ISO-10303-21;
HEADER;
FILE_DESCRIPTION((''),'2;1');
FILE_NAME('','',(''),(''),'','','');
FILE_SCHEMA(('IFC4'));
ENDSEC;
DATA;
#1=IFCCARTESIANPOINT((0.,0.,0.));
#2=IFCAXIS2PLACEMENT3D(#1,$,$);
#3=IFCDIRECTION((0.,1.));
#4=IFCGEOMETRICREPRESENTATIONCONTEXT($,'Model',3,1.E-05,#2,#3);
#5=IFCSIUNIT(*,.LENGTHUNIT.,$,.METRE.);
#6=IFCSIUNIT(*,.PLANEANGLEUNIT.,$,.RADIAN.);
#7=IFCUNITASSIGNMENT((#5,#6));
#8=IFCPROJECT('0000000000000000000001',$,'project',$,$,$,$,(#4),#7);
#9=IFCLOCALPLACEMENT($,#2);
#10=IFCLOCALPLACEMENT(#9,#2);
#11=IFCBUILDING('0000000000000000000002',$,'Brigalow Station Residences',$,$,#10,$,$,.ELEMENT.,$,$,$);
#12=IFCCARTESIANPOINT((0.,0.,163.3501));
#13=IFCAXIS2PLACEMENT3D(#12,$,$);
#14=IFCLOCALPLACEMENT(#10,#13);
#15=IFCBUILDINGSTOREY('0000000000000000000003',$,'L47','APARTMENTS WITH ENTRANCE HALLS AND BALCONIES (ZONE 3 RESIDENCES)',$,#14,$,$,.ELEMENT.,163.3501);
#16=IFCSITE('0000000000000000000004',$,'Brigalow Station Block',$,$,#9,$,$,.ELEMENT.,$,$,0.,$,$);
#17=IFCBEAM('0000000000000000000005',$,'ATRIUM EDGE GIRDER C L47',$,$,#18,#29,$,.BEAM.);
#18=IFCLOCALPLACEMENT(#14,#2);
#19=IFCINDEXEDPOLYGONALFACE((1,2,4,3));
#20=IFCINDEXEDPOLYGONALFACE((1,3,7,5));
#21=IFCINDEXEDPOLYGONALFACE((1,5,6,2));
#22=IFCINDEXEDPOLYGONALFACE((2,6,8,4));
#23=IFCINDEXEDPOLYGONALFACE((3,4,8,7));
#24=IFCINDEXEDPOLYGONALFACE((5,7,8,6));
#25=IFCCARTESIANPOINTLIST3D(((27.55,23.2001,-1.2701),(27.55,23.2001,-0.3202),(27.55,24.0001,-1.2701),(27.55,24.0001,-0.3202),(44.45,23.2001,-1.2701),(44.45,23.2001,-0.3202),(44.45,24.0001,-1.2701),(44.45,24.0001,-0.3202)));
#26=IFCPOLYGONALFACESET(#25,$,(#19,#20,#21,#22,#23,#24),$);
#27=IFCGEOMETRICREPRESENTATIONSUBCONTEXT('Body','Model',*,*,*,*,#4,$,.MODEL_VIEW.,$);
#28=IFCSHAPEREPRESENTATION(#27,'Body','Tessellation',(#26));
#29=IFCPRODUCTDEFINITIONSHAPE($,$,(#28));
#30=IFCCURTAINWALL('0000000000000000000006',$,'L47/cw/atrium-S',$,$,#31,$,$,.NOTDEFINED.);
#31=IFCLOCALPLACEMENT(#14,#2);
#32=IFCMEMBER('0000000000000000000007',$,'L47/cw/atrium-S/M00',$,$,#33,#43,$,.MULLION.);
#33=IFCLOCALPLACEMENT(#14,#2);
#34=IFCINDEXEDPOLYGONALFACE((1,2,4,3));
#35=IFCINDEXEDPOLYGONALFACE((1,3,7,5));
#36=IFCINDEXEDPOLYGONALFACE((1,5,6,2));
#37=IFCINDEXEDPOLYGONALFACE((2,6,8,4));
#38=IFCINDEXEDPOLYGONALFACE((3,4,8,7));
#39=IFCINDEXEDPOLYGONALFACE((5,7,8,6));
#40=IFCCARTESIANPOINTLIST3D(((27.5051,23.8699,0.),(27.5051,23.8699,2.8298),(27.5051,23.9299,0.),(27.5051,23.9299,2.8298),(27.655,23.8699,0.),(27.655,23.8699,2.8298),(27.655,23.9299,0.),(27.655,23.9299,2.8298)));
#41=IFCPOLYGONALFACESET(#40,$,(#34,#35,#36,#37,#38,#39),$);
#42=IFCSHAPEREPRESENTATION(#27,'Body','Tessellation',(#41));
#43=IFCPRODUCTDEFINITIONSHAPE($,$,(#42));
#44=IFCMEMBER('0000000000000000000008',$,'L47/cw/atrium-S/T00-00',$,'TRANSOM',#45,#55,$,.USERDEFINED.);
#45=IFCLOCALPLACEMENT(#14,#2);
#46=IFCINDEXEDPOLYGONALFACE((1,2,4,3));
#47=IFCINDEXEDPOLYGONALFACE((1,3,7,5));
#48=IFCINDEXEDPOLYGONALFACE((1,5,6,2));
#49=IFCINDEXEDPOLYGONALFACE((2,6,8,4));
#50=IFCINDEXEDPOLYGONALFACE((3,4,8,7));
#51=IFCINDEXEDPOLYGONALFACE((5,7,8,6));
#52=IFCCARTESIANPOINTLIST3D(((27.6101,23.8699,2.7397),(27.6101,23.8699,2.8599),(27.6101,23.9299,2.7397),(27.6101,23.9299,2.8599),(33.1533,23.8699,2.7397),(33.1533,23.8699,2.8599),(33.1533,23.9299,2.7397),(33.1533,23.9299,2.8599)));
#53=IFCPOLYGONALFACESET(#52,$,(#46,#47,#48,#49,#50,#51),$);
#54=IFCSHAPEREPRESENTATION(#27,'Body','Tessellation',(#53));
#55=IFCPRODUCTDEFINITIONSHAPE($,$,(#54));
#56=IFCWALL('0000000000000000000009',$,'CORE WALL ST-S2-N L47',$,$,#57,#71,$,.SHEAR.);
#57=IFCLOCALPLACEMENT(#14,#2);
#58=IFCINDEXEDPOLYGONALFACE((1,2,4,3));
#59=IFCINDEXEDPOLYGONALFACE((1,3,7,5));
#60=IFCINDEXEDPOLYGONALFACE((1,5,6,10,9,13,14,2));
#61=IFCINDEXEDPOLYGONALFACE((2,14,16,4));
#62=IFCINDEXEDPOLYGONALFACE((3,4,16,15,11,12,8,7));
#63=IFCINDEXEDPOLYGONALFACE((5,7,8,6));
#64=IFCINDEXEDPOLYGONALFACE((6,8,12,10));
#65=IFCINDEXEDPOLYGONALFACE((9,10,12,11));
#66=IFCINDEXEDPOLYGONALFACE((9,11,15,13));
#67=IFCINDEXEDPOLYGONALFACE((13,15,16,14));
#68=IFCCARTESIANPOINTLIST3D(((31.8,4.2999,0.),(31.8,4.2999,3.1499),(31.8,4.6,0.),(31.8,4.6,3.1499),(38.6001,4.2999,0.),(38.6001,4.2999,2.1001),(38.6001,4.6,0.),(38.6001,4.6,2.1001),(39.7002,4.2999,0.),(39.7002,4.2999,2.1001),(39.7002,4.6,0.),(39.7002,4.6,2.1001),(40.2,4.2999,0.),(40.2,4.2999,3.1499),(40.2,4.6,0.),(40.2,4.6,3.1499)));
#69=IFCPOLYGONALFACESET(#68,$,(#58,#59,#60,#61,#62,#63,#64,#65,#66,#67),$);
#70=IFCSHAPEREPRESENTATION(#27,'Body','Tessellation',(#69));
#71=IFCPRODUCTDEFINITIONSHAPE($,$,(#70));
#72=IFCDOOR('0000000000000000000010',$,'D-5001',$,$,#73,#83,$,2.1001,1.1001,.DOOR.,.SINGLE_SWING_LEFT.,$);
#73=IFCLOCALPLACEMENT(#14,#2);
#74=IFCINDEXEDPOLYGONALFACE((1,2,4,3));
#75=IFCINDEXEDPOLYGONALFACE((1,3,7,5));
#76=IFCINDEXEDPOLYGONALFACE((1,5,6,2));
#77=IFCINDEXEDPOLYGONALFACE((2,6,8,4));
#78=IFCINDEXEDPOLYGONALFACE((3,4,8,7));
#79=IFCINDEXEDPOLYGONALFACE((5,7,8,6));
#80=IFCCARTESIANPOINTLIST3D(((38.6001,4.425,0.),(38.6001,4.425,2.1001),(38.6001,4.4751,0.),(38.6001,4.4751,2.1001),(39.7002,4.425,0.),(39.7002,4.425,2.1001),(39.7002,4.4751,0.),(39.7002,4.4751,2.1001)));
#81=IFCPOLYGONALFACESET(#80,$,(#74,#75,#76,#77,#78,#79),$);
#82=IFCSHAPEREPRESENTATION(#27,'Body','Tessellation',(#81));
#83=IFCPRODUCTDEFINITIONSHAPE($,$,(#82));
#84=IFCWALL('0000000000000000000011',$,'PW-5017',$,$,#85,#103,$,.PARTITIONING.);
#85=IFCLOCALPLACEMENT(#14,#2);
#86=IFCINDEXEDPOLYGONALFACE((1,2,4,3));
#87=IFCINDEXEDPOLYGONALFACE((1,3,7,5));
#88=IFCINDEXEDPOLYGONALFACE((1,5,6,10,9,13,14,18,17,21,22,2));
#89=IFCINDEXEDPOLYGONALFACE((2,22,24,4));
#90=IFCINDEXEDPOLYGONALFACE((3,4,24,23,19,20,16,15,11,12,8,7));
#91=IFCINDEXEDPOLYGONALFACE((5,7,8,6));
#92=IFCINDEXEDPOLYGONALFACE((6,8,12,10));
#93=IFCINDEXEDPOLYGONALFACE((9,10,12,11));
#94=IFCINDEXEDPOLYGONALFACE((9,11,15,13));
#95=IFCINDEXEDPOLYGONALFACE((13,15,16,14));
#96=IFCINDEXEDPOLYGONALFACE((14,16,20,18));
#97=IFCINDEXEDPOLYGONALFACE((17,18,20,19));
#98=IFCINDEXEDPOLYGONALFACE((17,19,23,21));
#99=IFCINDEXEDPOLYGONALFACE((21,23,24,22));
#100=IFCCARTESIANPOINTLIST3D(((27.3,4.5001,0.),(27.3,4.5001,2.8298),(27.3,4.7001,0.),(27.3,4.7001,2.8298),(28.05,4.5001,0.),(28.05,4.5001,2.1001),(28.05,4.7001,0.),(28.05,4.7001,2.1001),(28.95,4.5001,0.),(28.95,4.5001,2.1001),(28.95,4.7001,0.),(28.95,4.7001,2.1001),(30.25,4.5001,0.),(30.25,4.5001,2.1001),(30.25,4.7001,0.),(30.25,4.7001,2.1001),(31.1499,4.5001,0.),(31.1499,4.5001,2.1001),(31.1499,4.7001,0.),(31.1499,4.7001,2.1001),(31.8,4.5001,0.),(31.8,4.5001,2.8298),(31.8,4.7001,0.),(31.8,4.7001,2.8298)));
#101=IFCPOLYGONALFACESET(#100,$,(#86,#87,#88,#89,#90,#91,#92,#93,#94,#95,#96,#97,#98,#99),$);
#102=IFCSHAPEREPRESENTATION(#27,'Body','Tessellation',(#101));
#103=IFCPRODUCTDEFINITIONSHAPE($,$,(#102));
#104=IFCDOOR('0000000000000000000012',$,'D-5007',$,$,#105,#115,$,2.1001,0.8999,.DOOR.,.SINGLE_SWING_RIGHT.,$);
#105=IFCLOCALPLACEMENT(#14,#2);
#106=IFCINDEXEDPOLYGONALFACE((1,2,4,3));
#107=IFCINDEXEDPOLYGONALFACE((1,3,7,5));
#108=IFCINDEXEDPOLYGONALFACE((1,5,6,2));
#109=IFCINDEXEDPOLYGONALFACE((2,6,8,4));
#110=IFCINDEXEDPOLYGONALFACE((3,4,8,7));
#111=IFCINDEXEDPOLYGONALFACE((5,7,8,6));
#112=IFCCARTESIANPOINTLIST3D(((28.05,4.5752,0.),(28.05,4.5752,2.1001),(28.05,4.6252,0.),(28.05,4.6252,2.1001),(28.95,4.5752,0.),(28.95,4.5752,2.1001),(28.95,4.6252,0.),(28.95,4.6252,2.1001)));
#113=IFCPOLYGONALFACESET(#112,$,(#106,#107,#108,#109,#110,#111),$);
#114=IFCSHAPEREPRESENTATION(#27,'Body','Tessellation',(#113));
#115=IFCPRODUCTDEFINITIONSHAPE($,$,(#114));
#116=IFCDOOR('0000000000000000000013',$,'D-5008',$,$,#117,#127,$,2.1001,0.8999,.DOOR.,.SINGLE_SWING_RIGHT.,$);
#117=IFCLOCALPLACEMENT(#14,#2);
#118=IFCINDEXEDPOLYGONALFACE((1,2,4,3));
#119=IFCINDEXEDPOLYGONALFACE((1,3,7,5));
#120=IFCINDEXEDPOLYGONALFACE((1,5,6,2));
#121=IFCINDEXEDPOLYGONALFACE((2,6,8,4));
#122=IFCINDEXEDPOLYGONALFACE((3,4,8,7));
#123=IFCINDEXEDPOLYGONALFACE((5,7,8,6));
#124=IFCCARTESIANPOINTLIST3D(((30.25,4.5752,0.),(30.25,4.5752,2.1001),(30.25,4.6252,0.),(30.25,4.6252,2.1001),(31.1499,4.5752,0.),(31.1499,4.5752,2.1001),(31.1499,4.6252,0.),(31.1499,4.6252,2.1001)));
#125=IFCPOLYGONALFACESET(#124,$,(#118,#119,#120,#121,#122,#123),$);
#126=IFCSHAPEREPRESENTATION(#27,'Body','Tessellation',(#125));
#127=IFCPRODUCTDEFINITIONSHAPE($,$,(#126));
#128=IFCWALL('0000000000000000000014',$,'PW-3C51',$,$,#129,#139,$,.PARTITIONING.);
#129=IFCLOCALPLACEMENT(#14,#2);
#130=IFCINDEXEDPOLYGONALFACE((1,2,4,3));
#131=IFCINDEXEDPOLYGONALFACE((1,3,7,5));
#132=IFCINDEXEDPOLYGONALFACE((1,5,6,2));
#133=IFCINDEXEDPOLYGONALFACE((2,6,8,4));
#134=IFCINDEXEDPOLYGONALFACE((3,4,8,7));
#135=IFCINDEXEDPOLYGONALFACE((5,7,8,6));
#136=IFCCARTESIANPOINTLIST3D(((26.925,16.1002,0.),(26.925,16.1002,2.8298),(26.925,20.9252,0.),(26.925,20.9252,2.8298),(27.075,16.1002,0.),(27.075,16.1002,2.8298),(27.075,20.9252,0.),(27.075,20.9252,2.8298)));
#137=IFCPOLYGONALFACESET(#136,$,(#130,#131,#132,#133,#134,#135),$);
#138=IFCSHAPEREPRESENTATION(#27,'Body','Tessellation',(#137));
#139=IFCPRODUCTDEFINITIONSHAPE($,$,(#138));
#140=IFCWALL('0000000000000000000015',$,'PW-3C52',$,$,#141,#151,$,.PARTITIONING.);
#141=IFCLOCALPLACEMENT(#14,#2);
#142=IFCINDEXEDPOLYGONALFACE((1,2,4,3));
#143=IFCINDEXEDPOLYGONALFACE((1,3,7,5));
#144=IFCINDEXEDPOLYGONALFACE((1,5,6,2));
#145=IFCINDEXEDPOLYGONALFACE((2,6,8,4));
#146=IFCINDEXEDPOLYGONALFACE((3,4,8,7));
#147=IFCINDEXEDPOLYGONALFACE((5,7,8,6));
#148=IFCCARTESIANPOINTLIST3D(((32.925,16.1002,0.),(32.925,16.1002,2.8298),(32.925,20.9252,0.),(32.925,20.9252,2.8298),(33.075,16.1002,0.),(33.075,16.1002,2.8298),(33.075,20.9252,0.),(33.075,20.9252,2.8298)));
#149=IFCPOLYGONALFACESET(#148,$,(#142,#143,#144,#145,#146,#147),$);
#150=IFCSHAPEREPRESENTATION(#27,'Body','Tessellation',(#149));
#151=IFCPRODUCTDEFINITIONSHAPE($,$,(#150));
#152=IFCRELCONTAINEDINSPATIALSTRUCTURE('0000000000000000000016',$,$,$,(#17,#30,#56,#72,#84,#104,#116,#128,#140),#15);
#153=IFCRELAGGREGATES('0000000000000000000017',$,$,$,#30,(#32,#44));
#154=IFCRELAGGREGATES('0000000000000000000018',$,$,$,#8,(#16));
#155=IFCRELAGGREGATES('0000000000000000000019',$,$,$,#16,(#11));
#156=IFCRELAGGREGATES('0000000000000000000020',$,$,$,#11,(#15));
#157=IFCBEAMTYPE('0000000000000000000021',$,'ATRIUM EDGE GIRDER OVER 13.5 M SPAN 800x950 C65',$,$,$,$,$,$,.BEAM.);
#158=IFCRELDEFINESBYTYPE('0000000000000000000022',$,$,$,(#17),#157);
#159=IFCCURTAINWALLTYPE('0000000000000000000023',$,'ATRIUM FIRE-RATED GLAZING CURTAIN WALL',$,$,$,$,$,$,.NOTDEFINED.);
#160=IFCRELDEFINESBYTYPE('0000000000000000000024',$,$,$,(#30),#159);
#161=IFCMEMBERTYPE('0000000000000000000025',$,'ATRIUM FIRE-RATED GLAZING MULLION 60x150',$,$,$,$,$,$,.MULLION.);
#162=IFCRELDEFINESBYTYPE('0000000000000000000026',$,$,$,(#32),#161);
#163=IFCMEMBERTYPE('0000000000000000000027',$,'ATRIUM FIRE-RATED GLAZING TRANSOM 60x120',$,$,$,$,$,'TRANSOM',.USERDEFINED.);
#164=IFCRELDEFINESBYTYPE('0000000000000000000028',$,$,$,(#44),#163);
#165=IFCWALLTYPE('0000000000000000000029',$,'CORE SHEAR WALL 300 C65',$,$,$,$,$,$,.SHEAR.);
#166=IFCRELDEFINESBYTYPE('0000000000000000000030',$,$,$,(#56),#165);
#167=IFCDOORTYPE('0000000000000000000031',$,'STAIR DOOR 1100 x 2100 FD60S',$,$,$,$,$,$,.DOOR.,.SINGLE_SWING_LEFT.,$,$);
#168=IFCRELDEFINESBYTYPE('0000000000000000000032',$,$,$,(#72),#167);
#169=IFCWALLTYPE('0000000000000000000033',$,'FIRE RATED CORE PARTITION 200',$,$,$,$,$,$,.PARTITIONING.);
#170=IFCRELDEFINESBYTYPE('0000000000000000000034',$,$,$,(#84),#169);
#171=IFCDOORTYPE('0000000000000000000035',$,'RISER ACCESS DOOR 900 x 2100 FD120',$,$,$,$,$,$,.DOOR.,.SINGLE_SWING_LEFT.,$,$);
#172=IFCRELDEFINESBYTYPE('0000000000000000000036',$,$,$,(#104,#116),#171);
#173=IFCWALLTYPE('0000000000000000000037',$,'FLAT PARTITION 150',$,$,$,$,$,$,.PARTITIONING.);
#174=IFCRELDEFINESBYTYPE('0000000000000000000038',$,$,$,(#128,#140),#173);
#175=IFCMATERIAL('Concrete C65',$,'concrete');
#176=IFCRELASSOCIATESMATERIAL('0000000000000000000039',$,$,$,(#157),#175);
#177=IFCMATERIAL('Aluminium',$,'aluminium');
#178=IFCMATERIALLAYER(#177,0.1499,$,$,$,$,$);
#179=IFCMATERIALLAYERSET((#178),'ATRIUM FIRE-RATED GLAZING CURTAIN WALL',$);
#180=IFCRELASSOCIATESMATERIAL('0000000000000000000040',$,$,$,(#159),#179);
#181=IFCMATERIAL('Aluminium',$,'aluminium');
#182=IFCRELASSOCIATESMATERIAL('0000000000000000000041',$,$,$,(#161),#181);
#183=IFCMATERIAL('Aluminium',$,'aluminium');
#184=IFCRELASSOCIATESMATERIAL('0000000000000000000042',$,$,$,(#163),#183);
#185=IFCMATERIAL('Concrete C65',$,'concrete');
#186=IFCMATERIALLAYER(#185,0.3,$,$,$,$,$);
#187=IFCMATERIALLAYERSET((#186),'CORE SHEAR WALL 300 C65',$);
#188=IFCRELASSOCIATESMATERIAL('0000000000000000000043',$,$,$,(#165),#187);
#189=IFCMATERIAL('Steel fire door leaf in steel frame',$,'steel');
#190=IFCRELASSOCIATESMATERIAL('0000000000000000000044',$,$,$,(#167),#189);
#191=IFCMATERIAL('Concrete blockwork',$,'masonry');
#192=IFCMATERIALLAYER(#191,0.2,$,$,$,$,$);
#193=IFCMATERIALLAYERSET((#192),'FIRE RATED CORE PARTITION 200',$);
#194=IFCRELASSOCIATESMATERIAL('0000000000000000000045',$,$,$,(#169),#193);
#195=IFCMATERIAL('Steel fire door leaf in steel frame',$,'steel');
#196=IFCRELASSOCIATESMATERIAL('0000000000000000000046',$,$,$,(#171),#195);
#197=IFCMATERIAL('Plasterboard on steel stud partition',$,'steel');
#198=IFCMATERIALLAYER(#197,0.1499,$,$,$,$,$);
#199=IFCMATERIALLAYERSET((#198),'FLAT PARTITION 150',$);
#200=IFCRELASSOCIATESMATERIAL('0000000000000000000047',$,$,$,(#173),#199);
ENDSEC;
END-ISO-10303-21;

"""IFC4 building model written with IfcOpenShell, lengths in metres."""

from ifc_helpers import new_model, si_unit, direction, frame, frame_2d, origin, origin_2d, place, context, subcontext, project, spatial, rectangle, extrude, material, layer, layer_set, material_profile, profile_set, type_object, element, fill, aggregate, save


model = new_model("IFC4")

# Units and contexts
model_context = context("Model", 3, precision=1e-05, world=origin(), true_north=direction((0.0, 1.0)))
body_context = subcontext(model_context, "Body", "Model", "MODEL_VIEW")
ifc_project = project(units=[si_unit("LENGTHUNIT", "METRE"), si_unit("PLANEANGLEUNIT", "RADIAN")], contexts=[model_context])

# Site, building, storey
site_placement = place(None, origin())
site = spatial("IfcSite", under=ifc_project, at=site_placement, Name="Brigalow Station Block", CompositionType="ELEMENT", RefElevation=0.0)
building_placement = place(site_placement, origin())
building = spatial("IfcBuilding", under=site, at=building_placement, Name="Brigalow Station Residences", CompositionType="ELEMENT")
storey_placement = place(building_placement, frame((0.0, 0.0, 163.3501)))
storey = spatial("IfcBuildingStorey", under=building, at=storey_placement, Name="L47", Description="APARTMENTS WITH ENTRANCE HALLS AND BALCONIES (ZONE 3 RESIDENCES)", CompositionType="ELEMENT", Elevation=163.3501)

# Beam
ifc_material_1 = material(Name="Concrete C65", Category="concrete")
ifc_material_profile_1 = material_profile(ifc_material_1, rectangle(XDim=0.8, YDim=0.95, at=origin_2d()), Name="RC800x950")
ifc_profile_set_1 = profile_set([ifc_material_profile_1], Name="Concrete C65")
beam_type = type_object("IfcBeamType", Name="ATRIUM EDGE GIRDER OVER 13.5 M SPAN 800x950 C65", PredefinedType="BEAM", material=ifc_profile_set_1)
beam_placement = place(storey_placement, frame((27.55, 23.6001, -0.7952), z_axis=(1.0, 0.0, 0.0), x_axis=(0.0, 1.0, 0.0)))
element("IfcBeam", 1, at=beam_placement, inside=storey, type_object=beam_type, Name="ATRIUM EDGE GIRDER C L47", PredefinedType="BEAM", context=body_context, shape_type="SweptSolid", body=[
    extrude(rectangle(XDim=0.8, YDim=0.95, at=origin_2d()), origin(), (0.0, 0.0, 1.0), 16.8999),
])

# Curtain wall, members
ifc_material_2 = material(Name="Aluminium", Category="aluminium")
ifc_layer_1 = layer(ifc_material_2, 0.1499)
ifc_layer_set_1 = layer_set([ifc_layer_1], Name="ATRIUM FIRE-RATED GLAZING CURTAIN WALL")
curtain_wall_type = type_object("IfcCurtainWallType", Name="ATRIUM FIRE-RATED GLAZING CURTAIN WALL", PredefinedType="NOTDEFINED", material=ifc_layer_set_1)
curtain_wall_placement = place(storey_placement, origin())
curtain_wall = element("IfcCurtainWall", 2, at=curtain_wall_placement, inside=storey, type_object=curtain_wall_type, Name="L47/cw/atrium-S", PredefinedType="NOTDEFINED")
ifc_material_3 = material(Name="Aluminium", Category="aluminium")
ifc_material_profile_2 = material_profile(ifc_material_3, rectangle(XDim=0.0601, YDim=0.1499, at=origin_2d()), Name="ATRIUM FIRE-RATED GLAZING MULLION 60x150")
ifc_profile_set_2 = profile_set([ifc_material_profile_2], Name="Aluminium")
member_type_1 = type_object("IfcMemberType", Name="ATRIUM FIRE-RATED GLAZING MULLION 60x150", PredefinedType="MULLION", material=ifc_profile_set_2)
member_1_placement = place(storey_placement, frame((27.5801, 23.8999, 0.0), z_axis=(0.0, 0.0, 1.0), x_axis=(0.0, 1.0, 0.0)))
member_1 = element("IfcMember", 3, at=member_1_placement, type_object=member_type_1, Name="L47/cw/atrium-S/M00", PredefinedType="MULLION", context=body_context, shape_type="SweptSolid", body=[
    extrude(rectangle(XDim=0.0601, YDim=0.1499, at=origin_2d()), origin(), (0.0, 0.0, 1.0), 2.8298),
])
ifc_material_4 = material(Name="Aluminium", Category="aluminium")
ifc_material_profile_3 = material_profile(ifc_material_4, rectangle(XDim=0.0601, YDim=0.1201, at=origin_2d()), Name="ATRIUM FIRE-RATED GLAZING TRANSOM 60x120")
ifc_profile_set_3 = profile_set([ifc_material_profile_3], Name="Aluminium")
member_type_2 = type_object("IfcMemberType", Name="ATRIUM FIRE-RATED GLAZING TRANSOM 60x120", ElementType="TRANSOM", PredefinedType="USERDEFINED", material=ifc_profile_set_3)
member_2_placement = place(storey_placement, frame((27.6101, 23.8999, 2.7998), z_axis=(1.0, 0.0, 0.0), x_axis=(0.0, 1.0, 0.0)))
member_2 = element("IfcMember", 4, at=member_2_placement, type_object=member_type_2, Name="L47/cw/atrium-S/T00-00", ObjectType="TRANSOM", PredefinedType="USERDEFINED", context=body_context, shape_type="SweptSolid", body=[
    extrude(rectangle(XDim=0.0601, YDim=0.1201, at=origin_2d()), origin(), (0.0, 0.0, 1.0), 5.5432),
])
aggregate(curtain_wall, [member_1, member_2])

# Wall, opening, door
ifc_material_5 = material(Name="Concrete C65", Category="concrete")
ifc_layer_2 = layer(ifc_material_5, 0.3)
ifc_layer_set_2 = layer_set([ifc_layer_2], Name="CORE SHEAR WALL 300 C65")
wall_type_1 = type_object("IfcWallType", Name="CORE SHEAR WALL 300 C65", PredefinedType="SHEAR", material=ifc_layer_set_2)
wall_1_placement = place(storey_placement, frame((31.8, 4.45, 0.0), z_axis=(0.0, 0.0, 1.0), x_axis=(1.0, 0.0, 0.0)))
wall_1 = element("IfcWall", 5, at=wall_1_placement, inside=storey, type_object=wall_type_1, Name="CORE WALL ST-S2-N L47", PredefinedType="SHEAR", context=body_context, shape_type="SweptSolid", body=[
    extrude(rectangle(XDim=8.3999, YDim=0.3, at=frame_2d((4.2, 0.0))), origin(), (0.0, 0.0, 1.0), 3.1499),
])
opening_1_placement = place(wall_1_placement, frame((6.8, 0.0, 0.0)))
opening_1 = element("IfcOpeningElement", 6, at=opening_1_placement, cuts=wall_1, PredefinedType="OPENING", context=body_context, shape_type="SweptSolid", body=[
    extrude(rectangle(XDim=1.1001, YDim=2.1001, at=frame_2d((0.55, 1.05))), frame((0.0, 0.1602, 0.0), z_axis=(0.0, -1.0, 0.0), x_axis=(1.0, 0.0, 0.0)), (0.0, 0.0, 1.0), 0.3201),
])
ifc_material_6 = material(Name="Steel fire door leaf in steel frame", Category="steel")
door_type_1 = type_object("IfcDoorType", Name="STAIR DOOR 1100 x 2100 FD60S", OperationType="SINGLE_SWING_LEFT", PredefinedType="DOOR", material=ifc_material_6)
door_1_placement = place(opening_1_placement, frame((1.1001, 0.0, 0.0), z_axis=(0.0, 0.0, 1.0), x_axis=(-1.0, 0.0, 0.0)))
door_1 = element("IfcDoor", 7, at=door_1_placement, inside=storey, type_object=door_type_1, Name="D-5001", OperationType="SINGLE_SWING_LEFT", OverallHeight=2.1001, OverallWidth=1.1001, PredefinedType="DOOR", context=body_context, shape_type="SweptSolid", body=[
    extrude(rectangle(XDim=1.1001, YDim=2.1001, at=frame_2d((0.55, 1.05))), frame((0.0, 0.0249, 0.0), z_axis=(0.0, -1.0, 0.0), x_axis=(1.0, 0.0, 0.0)), (0.0, 0.0, 1.0), 0.05),
])
fill(opening_1, door_1)

# Wall, openings, doors
ifc_material_7 = material(Name="Concrete blockwork", Category="masonry")
ifc_layer_3 = layer(ifc_material_7, 0.2)
ifc_layer_set_3 = layer_set([ifc_layer_3], Name="FIRE RATED CORE PARTITION 200")
wall_type_2 = type_object("IfcWallType", Name="FIRE RATED CORE PARTITION 200", PredefinedType="PARTITIONING", material=ifc_layer_set_3)
wall_2_placement = place(storey_placement, frame((27.3, 4.6001, 0.0), z_axis=(0.0, 0.0, 1.0), x_axis=(1.0, 0.0, 0.0)))
wall_2 = element("IfcWall", 8, at=wall_2_placement, inside=storey, type_object=wall_type_2, Name="PW-5017", PredefinedType="PARTITIONING", context=body_context, shape_type="SweptSolid", body=[
    extrude(rectangle(XDim=4.5, YDim=0.2, at=frame_2d((2.25, 0.0))), origin(), (0.0, 0.0, 1.0), 2.8298),
])
opening_2_placement = place(wall_2_placement, frame((0.75, 0.0, 0.0)))
opening_2 = element("IfcOpeningElement", 9, at=opening_2_placement, cuts=wall_2, PredefinedType="OPENING", context=body_context, shape_type="SweptSolid", body=[
    extrude(rectangle(XDim=0.8999, YDim=2.1001, at=frame_2d((0.45, 1.05))), frame((0.0, 0.1099, 0.0), z_axis=(0.0, -1.0, 0.0), x_axis=(1.0, 0.0, 0.0)), (0.0, 0.0, 1.0), 0.22),
])
opening_3_placement = place(wall_2_placement, frame((2.95, 0.0, 0.0)))
opening_3 = element("IfcOpeningElement", 10, at=opening_3_placement, cuts=wall_2, PredefinedType="OPENING", context=body_context, shape_type="SweptSolid", body=[
    extrude(rectangle(XDim=0.8999, YDim=2.1001, at=frame_2d((0.45, 1.05))), frame((0.0, 0.1099, 0.0), z_axis=(0.0, -1.0, 0.0), x_axis=(1.0, 0.0, 0.0)), (0.0, 0.0, 1.0), 0.22),
])
ifc_material_8 = material(Name="Steel fire door leaf in steel frame", Category="steel")
door_type_2 = type_object("IfcDoorType", Name="RISER ACCESS DOOR 900 x 2100 FD120", OperationType="SINGLE_SWING_LEFT", PredefinedType="DOOR", material=ifc_material_8)
door_2_placement = place(opening_2_placement, frame((0.8999, 0.0, 0.0), z_axis=(0.0, 0.0, 1.0), x_axis=(-1.0, 0.0, 0.0)))
door_2 = element("IfcDoor", 11, at=door_2_placement, inside=storey, type_object=door_type_2, Name="D-5007", OperationType="SINGLE_SWING_RIGHT", OverallHeight=2.1001, OverallWidth=0.8999, PredefinedType="DOOR", context=body_context, shape_type="SweptSolid", body=[
    extrude(rectangle(XDim=0.8999, YDim=2.1001, at=frame_2d((0.45, 1.05))), frame((0.0, 0.0249, 0.0), z_axis=(0.0, -1.0, 0.0), x_axis=(1.0, 0.0, 0.0)), (0.0, 0.0, 1.0), 0.05),
])
fill(opening_2, door_2)
door_3_placement = place(opening_3_placement, frame((0.8999, 0.0, 0.0), z_axis=(0.0, 0.0, 1.0), x_axis=(-1.0, 0.0, 0.0)))
door_3 = element("IfcDoor", 12, at=door_3_placement, inside=storey, type_object=door_type_2, Name="D-5008", OperationType="SINGLE_SWING_RIGHT", OverallHeight=2.1001, OverallWidth=0.8999, PredefinedType="DOOR", context=body_context, shape_type="SweptSolid", body=[
    extrude(rectangle(XDim=0.8999, YDim=2.1001, at=frame_2d((0.45, 1.05))), frame((0.0, 0.0249, 0.0), z_axis=(0.0, -1.0, 0.0), x_axis=(1.0, 0.0, 0.0)), (0.0, 0.0, 1.0), 0.05),
])
fill(opening_3, door_3)

# Walls
ifc_material_9 = material(Name="Plasterboard on steel stud partition", Category="steel")
ifc_layer_4 = layer(ifc_material_9, 0.1499)
ifc_layer_set_4 = layer_set([ifc_layer_4], Name="FLAT PARTITION 150")
wall_type_3 = type_object("IfcWallType", Name="FLAT PARTITION 150", PredefinedType="PARTITIONING", material=ifc_layer_set_4)
for number, where, z_axis, x_axis, name in (
    (13, (27.0, 16.1001, 0.0), (0.0, 0.0, 1.0), (0.0, 1.0, 0.0), "PW-3C51"),
    (14, (33.0, 16.1001, 0.0), (0.0, 0.0, 1.0), (0.0, 1.0, 0.0), "PW-3C52"),
):
    element("IfcWall", number, at=place(storey_placement, frame(where, z_axis=z_axis, x_axis=x_axis)), inside=storey, type_object=wall_type_3, Name=name, PredefinedType="PARTITIONING", context=body_context, shape_type="SweptSolid", body=[
        extrude(rectangle(XDim=4.825, YDim=0.1499, at=frame_2d((2.4126, 0.0))), origin(), (0.0, 0.0, 1.0), 2.8298),
    ])

save(model, "model.ifc")
